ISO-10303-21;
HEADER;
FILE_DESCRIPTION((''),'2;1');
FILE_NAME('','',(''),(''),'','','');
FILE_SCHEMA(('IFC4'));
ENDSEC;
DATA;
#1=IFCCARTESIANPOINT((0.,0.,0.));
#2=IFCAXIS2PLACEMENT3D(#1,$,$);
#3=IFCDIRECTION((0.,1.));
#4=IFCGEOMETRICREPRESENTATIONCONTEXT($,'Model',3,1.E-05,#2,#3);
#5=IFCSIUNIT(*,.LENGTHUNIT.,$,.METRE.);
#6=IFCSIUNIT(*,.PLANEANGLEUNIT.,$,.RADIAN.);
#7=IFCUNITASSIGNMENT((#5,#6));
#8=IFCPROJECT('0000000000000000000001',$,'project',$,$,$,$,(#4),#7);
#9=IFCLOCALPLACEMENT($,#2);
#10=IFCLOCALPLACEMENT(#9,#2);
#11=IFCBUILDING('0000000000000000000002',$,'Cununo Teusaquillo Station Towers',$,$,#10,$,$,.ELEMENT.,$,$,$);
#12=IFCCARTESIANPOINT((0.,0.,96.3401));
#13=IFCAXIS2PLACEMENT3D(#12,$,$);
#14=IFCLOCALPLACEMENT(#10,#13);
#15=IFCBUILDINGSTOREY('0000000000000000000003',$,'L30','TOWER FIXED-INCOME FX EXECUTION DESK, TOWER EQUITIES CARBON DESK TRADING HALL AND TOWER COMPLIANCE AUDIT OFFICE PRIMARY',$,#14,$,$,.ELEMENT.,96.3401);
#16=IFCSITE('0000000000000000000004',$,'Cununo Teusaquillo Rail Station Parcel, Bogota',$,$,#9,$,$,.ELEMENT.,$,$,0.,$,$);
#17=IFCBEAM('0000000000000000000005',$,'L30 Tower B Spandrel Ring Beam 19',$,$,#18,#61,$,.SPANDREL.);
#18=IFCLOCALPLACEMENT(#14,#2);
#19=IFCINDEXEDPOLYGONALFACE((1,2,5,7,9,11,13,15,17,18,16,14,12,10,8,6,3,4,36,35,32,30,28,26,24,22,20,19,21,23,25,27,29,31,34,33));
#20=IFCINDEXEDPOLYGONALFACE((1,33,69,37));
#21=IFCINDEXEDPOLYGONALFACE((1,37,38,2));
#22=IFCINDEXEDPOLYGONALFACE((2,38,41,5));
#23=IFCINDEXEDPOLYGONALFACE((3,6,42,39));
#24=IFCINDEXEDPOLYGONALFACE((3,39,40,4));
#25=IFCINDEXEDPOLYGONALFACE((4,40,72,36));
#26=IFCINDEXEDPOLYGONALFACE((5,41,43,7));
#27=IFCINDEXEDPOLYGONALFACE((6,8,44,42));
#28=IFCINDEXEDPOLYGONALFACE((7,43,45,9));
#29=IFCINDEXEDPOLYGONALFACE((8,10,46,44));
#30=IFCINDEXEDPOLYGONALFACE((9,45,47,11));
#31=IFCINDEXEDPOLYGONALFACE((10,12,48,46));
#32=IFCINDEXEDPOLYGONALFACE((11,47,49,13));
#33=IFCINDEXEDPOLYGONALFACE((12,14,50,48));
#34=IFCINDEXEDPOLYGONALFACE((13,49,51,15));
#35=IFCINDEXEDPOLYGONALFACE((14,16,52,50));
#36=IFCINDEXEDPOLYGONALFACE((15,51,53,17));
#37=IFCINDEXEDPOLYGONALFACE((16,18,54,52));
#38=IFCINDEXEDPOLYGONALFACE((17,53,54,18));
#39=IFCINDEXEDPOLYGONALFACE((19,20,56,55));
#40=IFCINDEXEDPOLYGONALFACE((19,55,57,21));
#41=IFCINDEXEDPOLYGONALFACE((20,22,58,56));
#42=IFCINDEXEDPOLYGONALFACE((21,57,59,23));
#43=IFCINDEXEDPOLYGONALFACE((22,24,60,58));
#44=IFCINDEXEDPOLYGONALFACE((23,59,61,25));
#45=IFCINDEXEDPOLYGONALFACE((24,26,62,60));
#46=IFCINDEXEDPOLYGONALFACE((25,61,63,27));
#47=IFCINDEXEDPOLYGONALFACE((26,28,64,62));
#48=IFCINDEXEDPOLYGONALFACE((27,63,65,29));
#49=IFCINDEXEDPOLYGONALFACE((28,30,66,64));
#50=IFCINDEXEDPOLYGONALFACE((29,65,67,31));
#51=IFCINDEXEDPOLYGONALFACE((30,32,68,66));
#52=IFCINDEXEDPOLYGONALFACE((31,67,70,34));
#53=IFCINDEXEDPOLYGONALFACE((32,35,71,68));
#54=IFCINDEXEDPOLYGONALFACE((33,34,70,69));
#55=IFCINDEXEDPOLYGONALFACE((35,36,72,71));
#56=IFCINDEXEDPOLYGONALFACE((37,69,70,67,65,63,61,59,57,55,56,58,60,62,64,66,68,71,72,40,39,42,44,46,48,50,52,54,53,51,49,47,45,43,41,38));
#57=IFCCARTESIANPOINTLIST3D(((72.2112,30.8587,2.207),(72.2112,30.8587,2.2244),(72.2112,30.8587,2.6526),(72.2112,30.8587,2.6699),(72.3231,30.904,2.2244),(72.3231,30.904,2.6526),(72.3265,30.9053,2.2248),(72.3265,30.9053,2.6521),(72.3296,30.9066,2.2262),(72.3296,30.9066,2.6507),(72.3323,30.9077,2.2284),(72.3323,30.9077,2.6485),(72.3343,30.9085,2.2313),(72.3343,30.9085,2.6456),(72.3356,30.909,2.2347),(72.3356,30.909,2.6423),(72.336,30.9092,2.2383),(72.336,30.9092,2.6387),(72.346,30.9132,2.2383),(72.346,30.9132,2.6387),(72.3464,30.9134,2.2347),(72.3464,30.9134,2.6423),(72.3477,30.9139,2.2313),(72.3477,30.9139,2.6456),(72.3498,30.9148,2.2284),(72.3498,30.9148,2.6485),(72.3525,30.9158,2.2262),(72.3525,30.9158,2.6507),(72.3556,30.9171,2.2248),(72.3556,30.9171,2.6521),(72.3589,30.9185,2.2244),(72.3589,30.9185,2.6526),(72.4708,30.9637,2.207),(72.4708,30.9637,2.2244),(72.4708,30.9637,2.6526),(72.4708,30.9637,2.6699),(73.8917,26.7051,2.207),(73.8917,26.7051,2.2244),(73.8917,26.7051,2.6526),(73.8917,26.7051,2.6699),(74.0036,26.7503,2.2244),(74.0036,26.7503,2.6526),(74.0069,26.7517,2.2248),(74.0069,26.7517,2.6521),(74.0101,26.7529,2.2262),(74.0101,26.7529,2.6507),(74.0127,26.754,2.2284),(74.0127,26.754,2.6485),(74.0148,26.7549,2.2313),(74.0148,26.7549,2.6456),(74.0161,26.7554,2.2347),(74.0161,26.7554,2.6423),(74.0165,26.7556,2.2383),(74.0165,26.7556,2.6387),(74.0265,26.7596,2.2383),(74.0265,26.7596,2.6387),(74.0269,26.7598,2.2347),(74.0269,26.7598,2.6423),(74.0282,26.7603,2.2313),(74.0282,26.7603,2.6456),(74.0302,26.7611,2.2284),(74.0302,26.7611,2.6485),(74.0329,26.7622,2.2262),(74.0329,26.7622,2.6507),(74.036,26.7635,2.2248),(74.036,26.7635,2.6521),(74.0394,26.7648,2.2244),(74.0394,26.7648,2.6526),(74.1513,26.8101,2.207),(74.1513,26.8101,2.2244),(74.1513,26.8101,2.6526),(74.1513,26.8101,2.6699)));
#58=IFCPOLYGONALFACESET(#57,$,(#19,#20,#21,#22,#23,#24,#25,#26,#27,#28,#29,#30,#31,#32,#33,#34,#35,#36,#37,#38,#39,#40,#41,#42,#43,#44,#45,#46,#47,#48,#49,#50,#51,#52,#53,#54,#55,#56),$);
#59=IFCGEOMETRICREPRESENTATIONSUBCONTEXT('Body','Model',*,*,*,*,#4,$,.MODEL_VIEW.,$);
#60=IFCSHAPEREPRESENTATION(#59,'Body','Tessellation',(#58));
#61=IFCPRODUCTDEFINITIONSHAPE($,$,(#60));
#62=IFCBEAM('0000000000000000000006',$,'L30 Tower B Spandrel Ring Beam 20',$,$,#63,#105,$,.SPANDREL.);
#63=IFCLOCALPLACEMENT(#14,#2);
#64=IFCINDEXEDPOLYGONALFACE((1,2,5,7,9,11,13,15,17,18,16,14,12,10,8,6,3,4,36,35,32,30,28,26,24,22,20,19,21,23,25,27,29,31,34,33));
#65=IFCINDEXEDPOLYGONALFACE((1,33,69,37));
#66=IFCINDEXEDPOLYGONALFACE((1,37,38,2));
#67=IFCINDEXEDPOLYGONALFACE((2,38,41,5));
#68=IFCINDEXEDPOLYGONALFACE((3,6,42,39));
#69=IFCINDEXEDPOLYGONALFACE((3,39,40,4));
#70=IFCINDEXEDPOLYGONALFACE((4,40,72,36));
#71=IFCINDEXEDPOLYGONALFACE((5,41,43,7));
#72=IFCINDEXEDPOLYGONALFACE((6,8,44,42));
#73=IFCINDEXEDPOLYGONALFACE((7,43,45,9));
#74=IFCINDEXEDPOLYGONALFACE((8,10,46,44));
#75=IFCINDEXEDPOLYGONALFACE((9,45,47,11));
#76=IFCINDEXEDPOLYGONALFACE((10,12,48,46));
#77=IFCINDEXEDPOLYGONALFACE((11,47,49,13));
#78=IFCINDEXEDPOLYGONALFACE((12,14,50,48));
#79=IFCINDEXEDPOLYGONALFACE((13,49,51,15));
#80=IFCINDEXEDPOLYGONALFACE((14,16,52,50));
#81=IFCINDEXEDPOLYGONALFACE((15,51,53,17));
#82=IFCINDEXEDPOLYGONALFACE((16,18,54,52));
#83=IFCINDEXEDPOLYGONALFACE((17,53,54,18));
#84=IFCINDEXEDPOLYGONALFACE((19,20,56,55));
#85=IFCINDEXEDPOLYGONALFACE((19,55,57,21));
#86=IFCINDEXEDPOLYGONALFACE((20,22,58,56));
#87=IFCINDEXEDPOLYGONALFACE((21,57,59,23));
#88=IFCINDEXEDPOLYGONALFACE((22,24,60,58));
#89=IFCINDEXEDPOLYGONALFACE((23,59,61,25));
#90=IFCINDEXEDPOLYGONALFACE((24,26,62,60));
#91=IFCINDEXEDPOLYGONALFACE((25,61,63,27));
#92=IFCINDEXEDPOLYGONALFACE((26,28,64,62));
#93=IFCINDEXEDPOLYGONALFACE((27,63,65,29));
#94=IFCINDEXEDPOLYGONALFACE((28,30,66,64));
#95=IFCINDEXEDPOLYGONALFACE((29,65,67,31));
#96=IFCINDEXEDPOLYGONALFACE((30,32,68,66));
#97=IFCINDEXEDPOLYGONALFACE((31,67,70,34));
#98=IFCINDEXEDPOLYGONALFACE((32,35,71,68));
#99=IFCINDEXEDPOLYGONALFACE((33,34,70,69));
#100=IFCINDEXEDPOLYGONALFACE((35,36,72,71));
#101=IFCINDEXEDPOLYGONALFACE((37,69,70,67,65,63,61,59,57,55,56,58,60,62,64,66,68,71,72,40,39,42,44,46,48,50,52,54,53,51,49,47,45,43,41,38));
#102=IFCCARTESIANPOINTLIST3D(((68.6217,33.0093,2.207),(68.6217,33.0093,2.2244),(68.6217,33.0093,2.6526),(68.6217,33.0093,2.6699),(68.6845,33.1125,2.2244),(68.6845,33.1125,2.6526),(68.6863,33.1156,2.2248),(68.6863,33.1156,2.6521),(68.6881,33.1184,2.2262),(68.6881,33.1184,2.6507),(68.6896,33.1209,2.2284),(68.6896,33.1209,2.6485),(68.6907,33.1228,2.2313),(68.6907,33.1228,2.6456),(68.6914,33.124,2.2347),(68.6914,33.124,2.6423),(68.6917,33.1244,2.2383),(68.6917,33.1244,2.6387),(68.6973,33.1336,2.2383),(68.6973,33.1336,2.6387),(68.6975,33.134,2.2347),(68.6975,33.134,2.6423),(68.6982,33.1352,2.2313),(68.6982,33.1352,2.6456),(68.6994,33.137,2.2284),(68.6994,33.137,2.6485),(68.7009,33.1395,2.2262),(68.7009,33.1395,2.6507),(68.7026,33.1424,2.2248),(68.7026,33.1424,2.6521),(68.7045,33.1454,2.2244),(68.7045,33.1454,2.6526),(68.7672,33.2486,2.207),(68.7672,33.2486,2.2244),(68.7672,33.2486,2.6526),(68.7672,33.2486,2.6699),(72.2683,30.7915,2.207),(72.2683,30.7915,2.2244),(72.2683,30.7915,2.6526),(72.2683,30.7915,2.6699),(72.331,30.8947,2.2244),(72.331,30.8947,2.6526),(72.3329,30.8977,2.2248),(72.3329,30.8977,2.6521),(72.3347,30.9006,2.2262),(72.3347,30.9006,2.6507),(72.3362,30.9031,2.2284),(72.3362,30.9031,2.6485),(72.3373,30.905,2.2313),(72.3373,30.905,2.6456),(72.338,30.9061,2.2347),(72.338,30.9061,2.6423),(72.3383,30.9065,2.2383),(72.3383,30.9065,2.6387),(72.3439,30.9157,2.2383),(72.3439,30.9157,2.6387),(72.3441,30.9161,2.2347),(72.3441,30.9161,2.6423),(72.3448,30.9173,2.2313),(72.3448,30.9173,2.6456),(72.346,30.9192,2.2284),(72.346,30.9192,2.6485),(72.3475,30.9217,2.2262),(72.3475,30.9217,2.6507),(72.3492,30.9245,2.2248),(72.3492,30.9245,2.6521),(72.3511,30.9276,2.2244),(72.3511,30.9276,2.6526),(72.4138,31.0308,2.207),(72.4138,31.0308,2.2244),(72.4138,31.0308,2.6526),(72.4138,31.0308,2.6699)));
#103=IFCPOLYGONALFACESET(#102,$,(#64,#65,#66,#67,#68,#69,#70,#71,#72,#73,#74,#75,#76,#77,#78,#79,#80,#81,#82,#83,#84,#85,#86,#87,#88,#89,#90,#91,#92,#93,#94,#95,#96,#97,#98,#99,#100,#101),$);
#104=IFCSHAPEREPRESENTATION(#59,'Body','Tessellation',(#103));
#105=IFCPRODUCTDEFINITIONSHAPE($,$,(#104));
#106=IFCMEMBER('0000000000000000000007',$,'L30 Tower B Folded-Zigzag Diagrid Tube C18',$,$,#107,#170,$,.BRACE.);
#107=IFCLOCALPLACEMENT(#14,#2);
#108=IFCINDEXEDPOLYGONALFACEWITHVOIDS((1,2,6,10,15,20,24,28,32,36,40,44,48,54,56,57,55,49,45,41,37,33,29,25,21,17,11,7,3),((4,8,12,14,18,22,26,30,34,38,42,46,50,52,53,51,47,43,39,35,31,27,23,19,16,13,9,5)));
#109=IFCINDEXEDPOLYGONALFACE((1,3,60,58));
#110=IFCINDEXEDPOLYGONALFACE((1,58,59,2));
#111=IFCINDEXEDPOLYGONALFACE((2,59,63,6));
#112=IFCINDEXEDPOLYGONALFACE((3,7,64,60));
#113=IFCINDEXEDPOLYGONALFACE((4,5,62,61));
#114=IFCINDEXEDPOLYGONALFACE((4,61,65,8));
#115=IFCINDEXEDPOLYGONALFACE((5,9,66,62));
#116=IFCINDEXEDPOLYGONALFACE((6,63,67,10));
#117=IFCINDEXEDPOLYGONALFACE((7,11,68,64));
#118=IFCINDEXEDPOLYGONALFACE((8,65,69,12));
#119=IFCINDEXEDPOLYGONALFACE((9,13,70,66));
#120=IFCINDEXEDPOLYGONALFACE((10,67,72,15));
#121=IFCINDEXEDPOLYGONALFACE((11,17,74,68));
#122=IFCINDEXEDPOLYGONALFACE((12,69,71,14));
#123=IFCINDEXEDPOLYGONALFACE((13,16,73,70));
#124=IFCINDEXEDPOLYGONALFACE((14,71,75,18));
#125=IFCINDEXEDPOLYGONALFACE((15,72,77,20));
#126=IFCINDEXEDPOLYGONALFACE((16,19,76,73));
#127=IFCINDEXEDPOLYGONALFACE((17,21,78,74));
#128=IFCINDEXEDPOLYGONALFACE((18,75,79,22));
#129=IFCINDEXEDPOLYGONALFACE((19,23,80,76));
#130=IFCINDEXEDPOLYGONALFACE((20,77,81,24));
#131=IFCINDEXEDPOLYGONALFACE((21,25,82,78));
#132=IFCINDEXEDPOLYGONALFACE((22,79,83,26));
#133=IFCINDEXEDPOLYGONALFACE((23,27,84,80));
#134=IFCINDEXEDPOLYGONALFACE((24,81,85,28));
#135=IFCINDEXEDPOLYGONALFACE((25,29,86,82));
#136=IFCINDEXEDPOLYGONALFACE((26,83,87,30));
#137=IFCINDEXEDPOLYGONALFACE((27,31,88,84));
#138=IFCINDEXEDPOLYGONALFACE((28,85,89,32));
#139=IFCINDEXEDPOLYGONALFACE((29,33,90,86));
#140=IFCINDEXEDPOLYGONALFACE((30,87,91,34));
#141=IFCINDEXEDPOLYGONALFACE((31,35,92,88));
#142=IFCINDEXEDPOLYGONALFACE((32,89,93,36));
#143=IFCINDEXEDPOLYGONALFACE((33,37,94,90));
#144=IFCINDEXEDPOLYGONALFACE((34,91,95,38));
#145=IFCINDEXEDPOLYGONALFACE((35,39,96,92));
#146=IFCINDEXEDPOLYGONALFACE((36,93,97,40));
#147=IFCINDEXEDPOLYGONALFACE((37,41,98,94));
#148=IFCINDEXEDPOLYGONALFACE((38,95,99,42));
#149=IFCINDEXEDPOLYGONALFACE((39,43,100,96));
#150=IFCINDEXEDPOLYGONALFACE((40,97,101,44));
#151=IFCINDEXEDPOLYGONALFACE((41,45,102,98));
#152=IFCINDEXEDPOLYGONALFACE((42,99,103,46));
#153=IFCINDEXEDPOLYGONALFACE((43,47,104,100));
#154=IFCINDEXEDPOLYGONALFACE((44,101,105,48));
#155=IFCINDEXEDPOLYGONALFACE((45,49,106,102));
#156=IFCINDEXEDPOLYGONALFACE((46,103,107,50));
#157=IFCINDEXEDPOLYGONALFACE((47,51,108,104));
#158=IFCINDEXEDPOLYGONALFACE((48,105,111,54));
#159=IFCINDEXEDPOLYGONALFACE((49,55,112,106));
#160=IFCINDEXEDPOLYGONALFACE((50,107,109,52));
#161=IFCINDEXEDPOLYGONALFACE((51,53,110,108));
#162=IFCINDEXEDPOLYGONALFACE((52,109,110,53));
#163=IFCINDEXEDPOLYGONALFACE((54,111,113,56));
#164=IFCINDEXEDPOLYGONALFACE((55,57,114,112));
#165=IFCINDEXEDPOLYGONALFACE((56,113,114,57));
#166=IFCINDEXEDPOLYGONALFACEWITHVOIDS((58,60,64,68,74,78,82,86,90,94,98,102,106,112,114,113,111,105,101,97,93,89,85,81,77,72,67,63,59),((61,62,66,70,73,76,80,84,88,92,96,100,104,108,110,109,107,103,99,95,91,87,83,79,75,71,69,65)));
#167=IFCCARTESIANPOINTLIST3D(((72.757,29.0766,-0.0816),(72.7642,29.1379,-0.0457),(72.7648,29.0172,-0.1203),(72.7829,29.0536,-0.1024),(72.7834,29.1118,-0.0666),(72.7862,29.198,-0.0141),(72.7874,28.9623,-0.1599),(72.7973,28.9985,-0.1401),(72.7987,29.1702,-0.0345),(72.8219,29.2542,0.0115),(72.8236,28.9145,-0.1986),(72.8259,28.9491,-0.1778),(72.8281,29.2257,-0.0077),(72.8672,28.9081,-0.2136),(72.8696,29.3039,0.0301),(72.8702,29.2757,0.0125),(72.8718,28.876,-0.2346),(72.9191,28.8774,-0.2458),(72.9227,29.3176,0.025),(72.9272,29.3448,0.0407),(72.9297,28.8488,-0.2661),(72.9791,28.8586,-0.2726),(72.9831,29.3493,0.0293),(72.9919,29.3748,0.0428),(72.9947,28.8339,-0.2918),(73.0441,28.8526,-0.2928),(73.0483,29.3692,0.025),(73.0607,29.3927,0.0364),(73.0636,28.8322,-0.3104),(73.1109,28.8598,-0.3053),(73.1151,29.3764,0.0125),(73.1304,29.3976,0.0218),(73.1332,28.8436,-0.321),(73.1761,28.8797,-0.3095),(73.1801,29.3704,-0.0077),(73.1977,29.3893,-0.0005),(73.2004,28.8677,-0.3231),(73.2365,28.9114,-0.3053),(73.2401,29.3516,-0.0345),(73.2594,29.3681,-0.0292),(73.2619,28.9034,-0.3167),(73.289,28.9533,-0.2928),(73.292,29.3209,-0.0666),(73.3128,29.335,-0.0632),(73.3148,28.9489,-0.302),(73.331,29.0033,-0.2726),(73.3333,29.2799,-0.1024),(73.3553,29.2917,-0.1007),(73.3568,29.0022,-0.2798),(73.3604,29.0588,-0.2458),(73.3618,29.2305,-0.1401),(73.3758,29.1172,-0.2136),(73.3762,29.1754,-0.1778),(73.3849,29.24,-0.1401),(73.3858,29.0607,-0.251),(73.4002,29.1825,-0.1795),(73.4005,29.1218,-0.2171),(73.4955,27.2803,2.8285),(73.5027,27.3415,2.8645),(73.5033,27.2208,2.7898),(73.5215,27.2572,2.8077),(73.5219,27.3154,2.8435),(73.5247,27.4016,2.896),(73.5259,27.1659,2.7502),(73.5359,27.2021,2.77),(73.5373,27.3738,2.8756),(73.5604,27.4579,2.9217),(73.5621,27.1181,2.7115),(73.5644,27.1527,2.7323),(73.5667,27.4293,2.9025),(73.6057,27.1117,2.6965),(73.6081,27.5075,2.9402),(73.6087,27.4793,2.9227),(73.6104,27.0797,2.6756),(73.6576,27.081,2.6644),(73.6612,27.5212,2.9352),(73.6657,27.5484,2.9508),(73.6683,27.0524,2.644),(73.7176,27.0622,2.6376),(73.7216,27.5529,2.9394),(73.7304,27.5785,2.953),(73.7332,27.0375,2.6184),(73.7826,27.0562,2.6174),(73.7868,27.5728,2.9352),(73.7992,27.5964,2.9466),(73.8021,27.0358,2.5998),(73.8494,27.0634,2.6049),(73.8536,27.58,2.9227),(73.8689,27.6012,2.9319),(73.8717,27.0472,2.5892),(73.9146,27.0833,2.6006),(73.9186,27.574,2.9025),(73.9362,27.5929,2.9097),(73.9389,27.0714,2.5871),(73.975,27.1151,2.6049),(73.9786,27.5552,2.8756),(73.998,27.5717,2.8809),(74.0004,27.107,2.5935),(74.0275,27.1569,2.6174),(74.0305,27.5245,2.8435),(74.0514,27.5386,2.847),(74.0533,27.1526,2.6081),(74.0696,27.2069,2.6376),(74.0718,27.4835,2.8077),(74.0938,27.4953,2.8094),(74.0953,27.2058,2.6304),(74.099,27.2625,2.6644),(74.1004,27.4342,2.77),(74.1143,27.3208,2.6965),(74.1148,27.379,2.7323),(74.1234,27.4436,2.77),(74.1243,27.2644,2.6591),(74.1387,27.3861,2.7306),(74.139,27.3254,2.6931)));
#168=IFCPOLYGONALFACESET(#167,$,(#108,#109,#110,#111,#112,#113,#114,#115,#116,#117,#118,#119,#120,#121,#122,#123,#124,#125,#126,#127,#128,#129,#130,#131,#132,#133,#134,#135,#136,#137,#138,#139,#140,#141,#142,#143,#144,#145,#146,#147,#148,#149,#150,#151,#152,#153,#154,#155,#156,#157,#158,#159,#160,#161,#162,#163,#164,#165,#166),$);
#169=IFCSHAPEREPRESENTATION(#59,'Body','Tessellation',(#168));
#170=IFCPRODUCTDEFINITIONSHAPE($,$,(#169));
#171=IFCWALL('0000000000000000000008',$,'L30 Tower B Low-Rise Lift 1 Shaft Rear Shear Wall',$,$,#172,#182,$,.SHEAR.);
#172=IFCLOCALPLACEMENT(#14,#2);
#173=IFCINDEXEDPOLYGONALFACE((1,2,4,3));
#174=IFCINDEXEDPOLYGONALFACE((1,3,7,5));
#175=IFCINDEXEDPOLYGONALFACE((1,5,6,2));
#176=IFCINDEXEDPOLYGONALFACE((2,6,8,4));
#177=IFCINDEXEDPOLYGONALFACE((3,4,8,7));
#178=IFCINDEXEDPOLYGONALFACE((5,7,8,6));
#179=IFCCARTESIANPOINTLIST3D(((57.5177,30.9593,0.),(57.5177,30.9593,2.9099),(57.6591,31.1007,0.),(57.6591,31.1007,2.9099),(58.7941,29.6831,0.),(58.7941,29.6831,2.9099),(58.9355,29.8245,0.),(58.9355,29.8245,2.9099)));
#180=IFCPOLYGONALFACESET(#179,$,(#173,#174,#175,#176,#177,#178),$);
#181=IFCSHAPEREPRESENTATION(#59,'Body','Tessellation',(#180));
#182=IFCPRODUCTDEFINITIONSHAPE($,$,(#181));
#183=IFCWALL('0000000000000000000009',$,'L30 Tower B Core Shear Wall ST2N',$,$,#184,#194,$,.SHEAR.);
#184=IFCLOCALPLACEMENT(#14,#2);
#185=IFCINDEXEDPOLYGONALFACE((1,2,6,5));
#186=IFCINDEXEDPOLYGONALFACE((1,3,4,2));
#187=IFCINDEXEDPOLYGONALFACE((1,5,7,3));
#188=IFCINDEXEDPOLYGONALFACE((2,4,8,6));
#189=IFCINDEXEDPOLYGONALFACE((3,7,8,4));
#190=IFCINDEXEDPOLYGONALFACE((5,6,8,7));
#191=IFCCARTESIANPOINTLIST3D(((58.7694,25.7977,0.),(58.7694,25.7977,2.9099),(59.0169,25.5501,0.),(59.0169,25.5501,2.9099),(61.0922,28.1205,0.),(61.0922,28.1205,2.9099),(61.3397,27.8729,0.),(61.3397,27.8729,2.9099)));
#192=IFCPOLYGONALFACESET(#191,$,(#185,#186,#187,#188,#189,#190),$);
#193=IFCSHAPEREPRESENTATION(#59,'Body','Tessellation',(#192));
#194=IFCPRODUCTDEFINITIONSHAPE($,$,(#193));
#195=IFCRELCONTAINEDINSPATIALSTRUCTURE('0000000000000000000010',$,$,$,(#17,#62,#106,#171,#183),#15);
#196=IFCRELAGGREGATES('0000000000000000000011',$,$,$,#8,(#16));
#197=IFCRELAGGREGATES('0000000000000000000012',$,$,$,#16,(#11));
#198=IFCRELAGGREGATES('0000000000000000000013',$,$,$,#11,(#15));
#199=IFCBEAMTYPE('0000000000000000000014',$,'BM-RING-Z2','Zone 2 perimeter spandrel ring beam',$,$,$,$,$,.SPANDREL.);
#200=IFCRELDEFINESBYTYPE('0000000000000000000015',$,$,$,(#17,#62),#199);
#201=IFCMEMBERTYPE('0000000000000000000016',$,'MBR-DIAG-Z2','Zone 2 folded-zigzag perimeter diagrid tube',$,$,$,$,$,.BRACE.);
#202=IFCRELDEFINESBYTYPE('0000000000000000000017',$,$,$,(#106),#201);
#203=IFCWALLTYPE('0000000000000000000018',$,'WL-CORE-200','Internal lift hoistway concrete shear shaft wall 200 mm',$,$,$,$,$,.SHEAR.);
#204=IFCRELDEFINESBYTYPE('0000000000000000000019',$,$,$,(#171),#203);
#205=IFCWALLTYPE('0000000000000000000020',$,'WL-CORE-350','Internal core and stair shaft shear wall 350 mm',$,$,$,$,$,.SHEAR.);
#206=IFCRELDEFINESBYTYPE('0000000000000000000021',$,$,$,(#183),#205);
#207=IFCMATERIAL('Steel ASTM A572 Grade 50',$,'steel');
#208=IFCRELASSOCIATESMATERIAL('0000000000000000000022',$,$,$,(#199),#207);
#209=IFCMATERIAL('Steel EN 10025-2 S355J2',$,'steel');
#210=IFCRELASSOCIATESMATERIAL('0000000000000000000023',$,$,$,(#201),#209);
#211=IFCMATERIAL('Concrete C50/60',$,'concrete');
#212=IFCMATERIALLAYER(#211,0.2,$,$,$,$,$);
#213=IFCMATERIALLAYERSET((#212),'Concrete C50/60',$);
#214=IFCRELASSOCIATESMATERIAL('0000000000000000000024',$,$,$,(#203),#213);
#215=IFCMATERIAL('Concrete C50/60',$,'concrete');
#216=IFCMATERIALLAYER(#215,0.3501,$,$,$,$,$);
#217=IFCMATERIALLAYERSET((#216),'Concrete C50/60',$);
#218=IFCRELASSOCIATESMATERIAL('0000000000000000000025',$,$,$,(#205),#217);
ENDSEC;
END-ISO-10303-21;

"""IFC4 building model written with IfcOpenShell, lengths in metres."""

from ifc_helpers import new_model, si_unit, direction, frame, frame_2d, origin, origin_2d, place, context, subcontext, project, spatial, rectangle, hollow_circle, i_section, extrude, material, layer, layer_set, material_profile, profile_set, type_object, element, save


model = new_model("IFC4")

# Units and contexts
model_context = context("Model", 3, precision=1e-05, world=origin(), true_north=direction((0.0, 1.0)))
body_context = subcontext(model_context, "Body", "Model", "MODEL_VIEW")
ifc_project = project(units=[si_unit("LENGTHUNIT", "METRE"), si_unit("PLANEANGLEUNIT", "RADIAN")], contexts=[model_context])

# Site, building, storey
site_placement = place(None, origin())
site = spatial("IfcSite", under=ifc_project, at=site_placement, Name="Cununo Teusaquillo Rail Station Parcel, Bogota", CompositionType="ELEMENT", RefElevation=0.0)
building_placement = place(site_placement, origin())
building = spatial("IfcBuilding", under=site, at=building_placement, Name="Cununo Teusaquillo Station Towers", CompositionType="ELEMENT")
storey_placement = place(building_placement, frame((0.0, 0.0, 96.3401)))
storey = spatial("IfcBuildingStorey", under=building, at=storey_placement, Name="L30", Description="TOWER FIXED-INCOME FX EXECUTION DESK, TOWER EQUITIES CARBON DESK TRADING HALL AND TOWER COMPLIANCE AUDIT OFFICE PRIMARY", CompositionType="ELEMENT", Elevation=96.3401)

# Beams
ifc_material_1 = material(Name="Steel ASTM A572 Grade 50", Category="steel")
ifc_material_profile_1 = material_profile(ifc_material_1, i_section(OverallWidth=0.28, OverallDepth=0.4629, WebThickness=0.0107, FlangeThickness=0.0173, FilletRadius=0.0139, at=origin_2d()), Name="W18X76")
ifc_profile_set_1 = profile_set([ifc_material_profile_1], Name="Steel ASTM A572 Grade 50")
beam_type = type_object("IfcBeamType", Name="BM-RING-Z2", Description="Zone 2 perimeter spandrel ring beam", PredefinedType="SPANDREL", material=ifc_profile_set_1)
beam_1_placement = place(storey_placement, frame((74.0215, 26.7576, 2.4385), z_axis=(-0.375042, 0.927008, 0.0), x_axis=(-0.927008, -0.375042, 0.0)))
element("IfcBeam", 1, at=beam_1_placement, inside=storey, type_object=beam_type, Name="L30 Tower B Spandrel Ring Beam 19", PredefinedType="SPANDREL", context=body_context, shape_type="SweptSolid", body=[
    extrude(i_section(OverallWidth=0.28, OverallDepth=0.4629, WebThickness=0.0107, FlangeThickness=0.0173, FilletRadius=0.0139, at=origin_2d()), origin(), (0.0, 0.0, 1.0), 4.4807),
])
beam_2_placement = place(storey_placement, frame((72.3411, 30.9111, 2.4385), z_axis=(-0.854388, 0.519635, 0.0), x_axis=(-0.519635, -0.854388, 0.0)))
element("IfcBeam", 2, at=beam_2_placement, inside=storey, type_object=beam_type, Name="L30 Tower B Spandrel Ring Beam 20", PredefinedType="SPANDREL", context=body_context, shape_type="SweptSolid", body=[
    extrude(i_section(OverallWidth=0.28, OverallDepth=0.4629, WebThickness=0.0107, FlangeThickness=0.0173, FilletRadius=0.0139, at=origin_2d()), origin(), (0.0, 0.0, 1.0), 4.2681),
])

# Member
ifc_material_2 = material(Name="Steel EN 10025-2 S355J2", Category="steel")
ifc_material_profile_2 = material_profile(ifc_material_2, hollow_circle(Radius=0.3301, WallThickness=0.0249, at=origin_2d()), Name="CHS 660x25")
ifc_profile_set_2 = profile_set([ifc_material_profile_2], Name="Steel EN 10025-2 S355J2")
member_type = type_object("IfcMemberType", Name="MBR-DIAG-Z2", Description="Zone 2 folded-zigzag perimeter diagrid tube", PredefinedType="BRACE", material=ifc_profile_set_2)
member_placement = place(storey_placement, frame((73.0796, 29.1145, -0.1401), z_axis=(0.211081, -0.513433, 0.831764), x_axis=(0.924889, 0.380238, 0.0)))
element("IfcMember", 3, at=member_placement, inside=storey, type_object=member_type, Name="L30 Tower B Folded-Zigzag Diagrid Tube C18", PredefinedType="BRACE", context=body_context, shape_type="SweptSolid", body=[
    extrude(hollow_circle(Radius=0.3301, WallThickness=0.0249, at=origin_2d()), origin(), (0.0, 0.0, 1.0), 3.4988),
])

# Walls
ifc_material_3 = material(Name="Concrete C50/60", Category="concrete")
ifc_layer_1 = layer(ifc_material_3, 0.2)
ifc_layer_set_1 = layer_set([ifc_layer_1], Name="Concrete C50/60")
wall_type_1 = type_object("IfcWallType", Name="WL-CORE-200", Description="Internal lift hoistway concrete shear shaft wall 200 mm", PredefinedType="SHEAR", material=ifc_layer_set_1)
wall_1_placement = place(storey_placement, frame((58.8647, 29.7539, 0.0), z_axis=(0.0, 0.0, 1.0), x_axis=(-0.707174, 0.707039, 0.0)))
element("IfcWall", 4, at=wall_1_placement, inside=storey, type_object=wall_type_1, Name="L30 Tower B Low-Rise Lift 1 Shaft Rear Shear Wall", PredefinedType="SHEAR", context=body_context, shape_type="SweptSolid", body=[
    extrude(rectangle(XDim=1.8049, YDim=0.2, at=frame_2d((0.9023, 0.0))), origin(), (0.0, 0.0, 1.0), 2.9099),
])
ifc_material_4 = material(Name="Concrete C50/60", Category="concrete")
ifc_layer_2 = layer(ifc_material_4, 0.3501)
ifc_layer_set_2 = layer_set([ifc_layer_2], Name="Concrete C50/60")
wall_type_2 = type_object("IfcWallType", Name="WL-CORE-350", Description="Internal core and stair shaft shear wall 350 mm", PredefinedType="SHEAR", material=ifc_layer_set_2)
wall_2_placement = place(storey_placement, frame((58.8931, 25.6738, 0.0), z_axis=(0.0, 0.0, 1.0), x_axis=(0.707107, 0.707107, 0.0)))
element("IfcWall", 5, at=wall_2_placement, inside=storey, type_object=wall_type_2, Name="L30 Tower B Core Shear Wall ST2N", PredefinedType="SHEAR", context=body_context, shape_type="SweptSolid", body=[
    extrude(rectangle(XDim=3.2849, YDim=0.3501, at=frame_2d((1.6426, 0.0))), origin(), (0.0, 0.0, 1.0), 2.9099),
])

save(model, "model.ifc")
